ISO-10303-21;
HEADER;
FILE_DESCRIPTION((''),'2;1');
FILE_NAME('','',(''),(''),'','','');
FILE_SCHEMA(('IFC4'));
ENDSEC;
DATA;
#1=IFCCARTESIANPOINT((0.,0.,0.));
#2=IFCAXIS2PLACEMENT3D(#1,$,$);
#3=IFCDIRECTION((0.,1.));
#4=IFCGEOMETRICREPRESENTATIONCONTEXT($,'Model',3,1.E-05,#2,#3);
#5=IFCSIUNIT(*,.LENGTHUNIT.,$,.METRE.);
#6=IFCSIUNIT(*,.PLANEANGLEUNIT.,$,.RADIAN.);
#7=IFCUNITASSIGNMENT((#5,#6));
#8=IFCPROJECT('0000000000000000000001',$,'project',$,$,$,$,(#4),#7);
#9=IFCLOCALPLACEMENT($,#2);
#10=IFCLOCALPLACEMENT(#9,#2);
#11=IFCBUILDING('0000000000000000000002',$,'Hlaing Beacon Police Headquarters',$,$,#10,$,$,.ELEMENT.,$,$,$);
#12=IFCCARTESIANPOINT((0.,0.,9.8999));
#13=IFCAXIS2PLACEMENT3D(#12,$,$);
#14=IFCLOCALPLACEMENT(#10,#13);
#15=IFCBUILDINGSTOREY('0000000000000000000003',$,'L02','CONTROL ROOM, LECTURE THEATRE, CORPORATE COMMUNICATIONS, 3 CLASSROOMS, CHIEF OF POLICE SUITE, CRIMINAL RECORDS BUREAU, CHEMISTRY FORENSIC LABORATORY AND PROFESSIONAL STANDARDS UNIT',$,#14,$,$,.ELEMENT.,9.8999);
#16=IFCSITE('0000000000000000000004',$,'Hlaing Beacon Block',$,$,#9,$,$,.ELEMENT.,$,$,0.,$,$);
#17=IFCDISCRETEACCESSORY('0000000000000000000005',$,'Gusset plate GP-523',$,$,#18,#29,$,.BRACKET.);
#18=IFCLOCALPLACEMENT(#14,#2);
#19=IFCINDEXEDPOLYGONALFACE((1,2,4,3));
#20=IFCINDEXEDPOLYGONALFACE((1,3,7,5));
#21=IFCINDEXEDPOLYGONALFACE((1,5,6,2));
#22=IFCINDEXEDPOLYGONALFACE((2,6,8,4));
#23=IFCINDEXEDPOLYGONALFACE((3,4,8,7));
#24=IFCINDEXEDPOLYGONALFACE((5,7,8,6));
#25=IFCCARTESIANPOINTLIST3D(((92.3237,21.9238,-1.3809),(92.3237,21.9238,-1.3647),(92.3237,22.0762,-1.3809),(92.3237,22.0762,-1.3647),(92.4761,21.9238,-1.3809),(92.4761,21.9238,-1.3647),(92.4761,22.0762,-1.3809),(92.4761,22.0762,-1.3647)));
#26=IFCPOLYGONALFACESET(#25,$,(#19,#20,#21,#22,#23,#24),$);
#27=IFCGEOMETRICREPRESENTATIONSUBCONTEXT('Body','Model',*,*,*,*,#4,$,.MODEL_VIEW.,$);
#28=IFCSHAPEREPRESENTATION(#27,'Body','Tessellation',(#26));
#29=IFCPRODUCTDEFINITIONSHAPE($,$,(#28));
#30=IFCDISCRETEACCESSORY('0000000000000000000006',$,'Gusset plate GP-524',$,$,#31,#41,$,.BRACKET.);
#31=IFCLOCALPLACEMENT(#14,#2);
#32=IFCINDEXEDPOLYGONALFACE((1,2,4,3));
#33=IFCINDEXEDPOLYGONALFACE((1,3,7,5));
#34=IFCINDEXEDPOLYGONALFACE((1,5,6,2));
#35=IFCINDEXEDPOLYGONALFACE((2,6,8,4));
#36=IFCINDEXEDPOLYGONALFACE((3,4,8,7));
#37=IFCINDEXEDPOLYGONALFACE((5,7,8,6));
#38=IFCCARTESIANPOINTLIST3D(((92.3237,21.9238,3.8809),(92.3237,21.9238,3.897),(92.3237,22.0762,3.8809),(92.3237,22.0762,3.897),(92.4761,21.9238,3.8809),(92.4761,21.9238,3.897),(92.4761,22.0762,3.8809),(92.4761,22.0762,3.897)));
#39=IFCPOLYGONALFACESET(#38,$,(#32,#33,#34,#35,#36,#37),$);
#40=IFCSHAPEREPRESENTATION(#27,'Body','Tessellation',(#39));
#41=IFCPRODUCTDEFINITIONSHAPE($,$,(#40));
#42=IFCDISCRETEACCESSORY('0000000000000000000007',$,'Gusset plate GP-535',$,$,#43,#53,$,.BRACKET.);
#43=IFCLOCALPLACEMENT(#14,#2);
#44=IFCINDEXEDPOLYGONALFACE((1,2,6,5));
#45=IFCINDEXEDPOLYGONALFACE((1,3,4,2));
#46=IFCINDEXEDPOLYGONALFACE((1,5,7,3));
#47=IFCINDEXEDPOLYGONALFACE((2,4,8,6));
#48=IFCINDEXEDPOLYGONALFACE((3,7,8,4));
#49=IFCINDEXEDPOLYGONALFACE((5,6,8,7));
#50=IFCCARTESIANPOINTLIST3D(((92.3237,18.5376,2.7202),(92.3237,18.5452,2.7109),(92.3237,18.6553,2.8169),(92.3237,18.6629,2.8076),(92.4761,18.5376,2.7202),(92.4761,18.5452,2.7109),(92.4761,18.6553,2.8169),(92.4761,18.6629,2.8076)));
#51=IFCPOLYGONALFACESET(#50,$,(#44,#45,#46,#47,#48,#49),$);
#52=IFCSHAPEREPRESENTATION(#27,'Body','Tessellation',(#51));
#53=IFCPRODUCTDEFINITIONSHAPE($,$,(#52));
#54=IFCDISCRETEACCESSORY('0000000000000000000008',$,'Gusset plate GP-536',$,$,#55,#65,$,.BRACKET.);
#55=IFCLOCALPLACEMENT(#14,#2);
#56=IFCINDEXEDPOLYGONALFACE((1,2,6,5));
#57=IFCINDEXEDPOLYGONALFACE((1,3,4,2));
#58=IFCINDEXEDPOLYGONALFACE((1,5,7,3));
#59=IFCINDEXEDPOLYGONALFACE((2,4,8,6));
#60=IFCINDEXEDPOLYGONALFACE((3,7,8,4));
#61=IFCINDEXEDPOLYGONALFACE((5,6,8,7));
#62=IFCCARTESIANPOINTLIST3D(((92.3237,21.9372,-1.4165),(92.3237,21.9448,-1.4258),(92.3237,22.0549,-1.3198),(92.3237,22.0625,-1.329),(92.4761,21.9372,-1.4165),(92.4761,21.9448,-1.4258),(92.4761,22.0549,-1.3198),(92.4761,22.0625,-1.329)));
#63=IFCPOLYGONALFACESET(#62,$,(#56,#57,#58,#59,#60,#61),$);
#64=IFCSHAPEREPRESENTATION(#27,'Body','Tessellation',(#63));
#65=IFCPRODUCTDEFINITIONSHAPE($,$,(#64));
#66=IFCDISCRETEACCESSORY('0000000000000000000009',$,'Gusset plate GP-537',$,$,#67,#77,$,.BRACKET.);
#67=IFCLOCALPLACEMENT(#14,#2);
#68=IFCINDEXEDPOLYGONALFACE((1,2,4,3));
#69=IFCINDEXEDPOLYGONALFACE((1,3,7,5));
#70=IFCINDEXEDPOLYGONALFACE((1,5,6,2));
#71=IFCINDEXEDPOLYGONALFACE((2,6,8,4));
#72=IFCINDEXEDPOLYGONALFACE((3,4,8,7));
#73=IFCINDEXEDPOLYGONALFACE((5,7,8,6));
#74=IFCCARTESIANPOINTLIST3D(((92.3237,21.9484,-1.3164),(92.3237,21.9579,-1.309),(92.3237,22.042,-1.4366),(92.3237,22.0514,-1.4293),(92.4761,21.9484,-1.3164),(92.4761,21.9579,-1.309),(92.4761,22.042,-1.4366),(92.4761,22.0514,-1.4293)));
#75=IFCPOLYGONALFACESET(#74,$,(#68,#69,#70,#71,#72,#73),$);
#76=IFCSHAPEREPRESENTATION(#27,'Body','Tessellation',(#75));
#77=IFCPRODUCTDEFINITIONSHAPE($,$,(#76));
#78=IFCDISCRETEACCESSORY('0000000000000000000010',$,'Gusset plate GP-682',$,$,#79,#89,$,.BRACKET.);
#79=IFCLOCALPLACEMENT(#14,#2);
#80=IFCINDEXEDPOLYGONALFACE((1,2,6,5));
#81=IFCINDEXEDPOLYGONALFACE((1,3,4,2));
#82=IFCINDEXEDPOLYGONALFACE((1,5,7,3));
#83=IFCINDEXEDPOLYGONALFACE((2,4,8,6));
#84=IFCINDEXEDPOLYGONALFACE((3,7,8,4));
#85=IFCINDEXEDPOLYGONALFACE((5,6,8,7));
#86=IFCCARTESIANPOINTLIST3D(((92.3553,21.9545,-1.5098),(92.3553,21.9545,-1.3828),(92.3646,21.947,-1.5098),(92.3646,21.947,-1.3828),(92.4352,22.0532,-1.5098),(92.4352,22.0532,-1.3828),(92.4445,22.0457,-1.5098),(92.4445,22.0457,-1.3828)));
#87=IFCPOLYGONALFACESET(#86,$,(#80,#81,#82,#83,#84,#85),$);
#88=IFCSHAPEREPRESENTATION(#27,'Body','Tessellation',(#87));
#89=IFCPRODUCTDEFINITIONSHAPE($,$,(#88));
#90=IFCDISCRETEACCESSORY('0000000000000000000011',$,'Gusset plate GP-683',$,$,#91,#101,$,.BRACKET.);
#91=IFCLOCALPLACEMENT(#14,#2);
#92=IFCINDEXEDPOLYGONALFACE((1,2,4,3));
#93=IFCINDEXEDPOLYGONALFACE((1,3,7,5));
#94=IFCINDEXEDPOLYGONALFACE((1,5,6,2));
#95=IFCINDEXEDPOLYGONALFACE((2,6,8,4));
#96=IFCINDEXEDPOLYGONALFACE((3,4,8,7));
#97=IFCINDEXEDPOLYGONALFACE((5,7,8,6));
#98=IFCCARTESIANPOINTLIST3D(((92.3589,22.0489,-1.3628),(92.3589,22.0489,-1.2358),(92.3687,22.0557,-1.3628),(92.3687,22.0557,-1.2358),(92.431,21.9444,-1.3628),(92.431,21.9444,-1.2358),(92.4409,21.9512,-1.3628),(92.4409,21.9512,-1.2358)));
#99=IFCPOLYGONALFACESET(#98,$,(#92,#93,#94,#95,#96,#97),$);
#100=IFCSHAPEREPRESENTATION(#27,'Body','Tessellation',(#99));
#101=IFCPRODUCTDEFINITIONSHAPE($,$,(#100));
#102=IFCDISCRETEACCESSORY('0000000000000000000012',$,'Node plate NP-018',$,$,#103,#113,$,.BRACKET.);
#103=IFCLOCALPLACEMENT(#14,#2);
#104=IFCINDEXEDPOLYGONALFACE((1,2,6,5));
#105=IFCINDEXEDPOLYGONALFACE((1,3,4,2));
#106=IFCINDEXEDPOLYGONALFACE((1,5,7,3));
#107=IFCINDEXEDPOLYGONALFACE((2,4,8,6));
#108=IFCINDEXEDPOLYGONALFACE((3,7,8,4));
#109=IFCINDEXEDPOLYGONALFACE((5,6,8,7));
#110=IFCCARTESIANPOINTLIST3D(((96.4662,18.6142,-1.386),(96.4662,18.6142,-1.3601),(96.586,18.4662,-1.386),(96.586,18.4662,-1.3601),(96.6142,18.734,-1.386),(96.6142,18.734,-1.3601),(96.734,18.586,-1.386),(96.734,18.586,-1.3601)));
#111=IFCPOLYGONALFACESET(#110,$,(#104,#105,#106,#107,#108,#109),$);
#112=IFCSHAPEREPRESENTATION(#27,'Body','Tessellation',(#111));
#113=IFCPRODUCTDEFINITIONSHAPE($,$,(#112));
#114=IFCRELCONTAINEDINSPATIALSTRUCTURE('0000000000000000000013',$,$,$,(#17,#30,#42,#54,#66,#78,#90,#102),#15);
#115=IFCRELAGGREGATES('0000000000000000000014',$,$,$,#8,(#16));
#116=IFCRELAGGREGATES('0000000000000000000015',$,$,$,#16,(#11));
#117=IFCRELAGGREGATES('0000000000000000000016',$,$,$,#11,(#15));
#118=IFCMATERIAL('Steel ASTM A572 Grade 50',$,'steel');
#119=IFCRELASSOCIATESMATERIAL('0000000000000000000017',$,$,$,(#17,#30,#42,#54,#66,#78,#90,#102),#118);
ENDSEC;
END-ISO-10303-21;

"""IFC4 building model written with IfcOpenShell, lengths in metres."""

from ifc_helpers import new_model, si_unit, direction, frame, origin, origin_2d, place, context, subcontext, project, spatial, rectangle, extrude, material, element, save


model = new_model("IFC4")

# Units and contexts
model_context = context("Model", 3, precision=1e-05, world=origin(), true_north=direction((0.0, 1.0)))
body_context = subcontext(model_context, "Body", "Model", "MODEL_VIEW")
ifc_project = project(units=[si_unit("LENGTHUNIT", "METRE"), si_unit("PLANEANGLEUNIT", "RADIAN")], contexts=[model_context])

# Site, building, storey
site_placement = place(None, origin())
site = spatial("IfcSite", under=ifc_project, at=site_placement, Name="Hlaing Beacon Block", CompositionType="ELEMENT", RefElevation=0.0)
building_placement = place(site_placement, origin())
building = spatial("IfcBuilding", under=site, at=building_placement, Name="Hlaing Beacon Police Headquarters", CompositionType="ELEMENT")
storey_placement = place(building_placement, frame((0.0, 0.0, 9.8999)))
storey = spatial("IfcBuildingStorey", under=building, at=storey_placement, Name="L02", Description="CONTROL ROOM, LECTURE THEATRE, CORPORATE COMMUNICATIONS, 3 CLASSROOMS, CHIEF OF POLICE SUITE, CRIMINAL RECORDS BUREAU, CHEMISTRY FORENSIC LABORATORY AND PROFESSIONAL STANDARDS UNIT", CompositionType="ELEMENT", Elevation=9.8999)

# Discrete accessories
ifc_material_1 = material(Name="Steel ASTM A572 Grade 50", Category="steel")
for number, where, z_axis, x_axis, name in (
    (1, (92.3999, 22.0, -1.3647), (0.0, 0.0, -1.0), (1.0, 0.0, 0.0), "Gusset plate GP-523"),
    (2, (92.3999, 22.0, 3.8809), (0.0, 0.0, 1.0), (1.0, 0.0, 0.0), "Gusset plate GP-524"),
):
    element("IfcDiscreteAccessory", number, at=place(storey_placement, frame(where, z_axis=z_axis, x_axis=x_axis)), inside=storey, material=ifc_material_1, Name=name, PredefinedType="BRACKET", context=body_context, shape_type="SweptSolid", body=[
        extrude(rectangle(XDim=0.1523, YDim=0.1523, at=origin_2d()), origin(), (0.0, 0.0, 1.0), 0.0161),
    ])
for number, where, z_axis, x_axis, name in (
    (3, (92.3999, 18.604, 2.7593), (0.0, -0.634949, 0.772554), (1.0, 0.0, 0.0), "Gusset plate GP-535"),
    (4, (92.3999, 21.9961, -1.3682), (0.0, 0.634949, -0.772554), (-1.0, 0.0, 0.0), "Gusset plate GP-536"),
    (5, (92.3999, 22.0046, -1.3691), (0.0, -0.78927, -0.614046), (1.0, 0.0, 0.0), "Gusset plate GP-537"),
):
    element("IfcDiscreteAccessory", number, at=place(storey_placement, frame(where, z_axis=z_axis, x_axis=x_axis)), inside=storey, material=ifc_material_1, Name=name, PredefinedType="BRACKET", context=body_context, shape_type="SweptSolid", body=[
        extrude(rectangle(XDim=0.1523, YDim=0.1523, at=origin_2d()), origin(), (0.0, 0.0, 1.0), 0.012),
    ])
for number, where, z_axis, x_axis, name in (
    (6, (92.4045, 21.9963, -1.4463), (-0.777248, 0.629194, 0.0), (-0.629194, -0.777248, 0.0), "Gusset plate GP-682"),
    (7, (92.4048, 22.0034, -1.2993), (-0.822899, -0.568187, 0.0), (0.568187, -0.822899, 0.0), "Gusset plate GP-683"),
):
    element("IfcDiscreteAccessory", number, at=place(storey_placement, frame(where, z_axis=z_axis, x_axis=x_axis)), inside=storey, material=ifc_material_1, Name=name, PredefinedType="BRACKET", context=body_context, shape_type="SweptSolid", body=[
        extrude(rectangle(XDim=0.127, YDim=0.127, at=origin_2d()), origin(), (0.0, 0.0, 1.0), 0.012),
    ])
discrete_accessory_placement = place(storey_placement, frame((96.6001, 18.6001, -1.386), z_axis=(0.0, 0.0, 1.0), x_axis=(0.777245, 0.629198, 0.0)))
element("IfcDiscreteAccessory", 8, at=discrete_accessory_placement, inside=storey, material=ifc_material_1, Name="Node plate NP-018", PredefinedType="BRACKET", context=body_context, shape_type="SweptSolid", body=[
    extrude(rectangle(XDim=0.1904, YDim=0.1904, at=origin_2d()), origin(), (0.0, 0.0, 1.0), 0.0259),
])

save(model, "model.ifc")
